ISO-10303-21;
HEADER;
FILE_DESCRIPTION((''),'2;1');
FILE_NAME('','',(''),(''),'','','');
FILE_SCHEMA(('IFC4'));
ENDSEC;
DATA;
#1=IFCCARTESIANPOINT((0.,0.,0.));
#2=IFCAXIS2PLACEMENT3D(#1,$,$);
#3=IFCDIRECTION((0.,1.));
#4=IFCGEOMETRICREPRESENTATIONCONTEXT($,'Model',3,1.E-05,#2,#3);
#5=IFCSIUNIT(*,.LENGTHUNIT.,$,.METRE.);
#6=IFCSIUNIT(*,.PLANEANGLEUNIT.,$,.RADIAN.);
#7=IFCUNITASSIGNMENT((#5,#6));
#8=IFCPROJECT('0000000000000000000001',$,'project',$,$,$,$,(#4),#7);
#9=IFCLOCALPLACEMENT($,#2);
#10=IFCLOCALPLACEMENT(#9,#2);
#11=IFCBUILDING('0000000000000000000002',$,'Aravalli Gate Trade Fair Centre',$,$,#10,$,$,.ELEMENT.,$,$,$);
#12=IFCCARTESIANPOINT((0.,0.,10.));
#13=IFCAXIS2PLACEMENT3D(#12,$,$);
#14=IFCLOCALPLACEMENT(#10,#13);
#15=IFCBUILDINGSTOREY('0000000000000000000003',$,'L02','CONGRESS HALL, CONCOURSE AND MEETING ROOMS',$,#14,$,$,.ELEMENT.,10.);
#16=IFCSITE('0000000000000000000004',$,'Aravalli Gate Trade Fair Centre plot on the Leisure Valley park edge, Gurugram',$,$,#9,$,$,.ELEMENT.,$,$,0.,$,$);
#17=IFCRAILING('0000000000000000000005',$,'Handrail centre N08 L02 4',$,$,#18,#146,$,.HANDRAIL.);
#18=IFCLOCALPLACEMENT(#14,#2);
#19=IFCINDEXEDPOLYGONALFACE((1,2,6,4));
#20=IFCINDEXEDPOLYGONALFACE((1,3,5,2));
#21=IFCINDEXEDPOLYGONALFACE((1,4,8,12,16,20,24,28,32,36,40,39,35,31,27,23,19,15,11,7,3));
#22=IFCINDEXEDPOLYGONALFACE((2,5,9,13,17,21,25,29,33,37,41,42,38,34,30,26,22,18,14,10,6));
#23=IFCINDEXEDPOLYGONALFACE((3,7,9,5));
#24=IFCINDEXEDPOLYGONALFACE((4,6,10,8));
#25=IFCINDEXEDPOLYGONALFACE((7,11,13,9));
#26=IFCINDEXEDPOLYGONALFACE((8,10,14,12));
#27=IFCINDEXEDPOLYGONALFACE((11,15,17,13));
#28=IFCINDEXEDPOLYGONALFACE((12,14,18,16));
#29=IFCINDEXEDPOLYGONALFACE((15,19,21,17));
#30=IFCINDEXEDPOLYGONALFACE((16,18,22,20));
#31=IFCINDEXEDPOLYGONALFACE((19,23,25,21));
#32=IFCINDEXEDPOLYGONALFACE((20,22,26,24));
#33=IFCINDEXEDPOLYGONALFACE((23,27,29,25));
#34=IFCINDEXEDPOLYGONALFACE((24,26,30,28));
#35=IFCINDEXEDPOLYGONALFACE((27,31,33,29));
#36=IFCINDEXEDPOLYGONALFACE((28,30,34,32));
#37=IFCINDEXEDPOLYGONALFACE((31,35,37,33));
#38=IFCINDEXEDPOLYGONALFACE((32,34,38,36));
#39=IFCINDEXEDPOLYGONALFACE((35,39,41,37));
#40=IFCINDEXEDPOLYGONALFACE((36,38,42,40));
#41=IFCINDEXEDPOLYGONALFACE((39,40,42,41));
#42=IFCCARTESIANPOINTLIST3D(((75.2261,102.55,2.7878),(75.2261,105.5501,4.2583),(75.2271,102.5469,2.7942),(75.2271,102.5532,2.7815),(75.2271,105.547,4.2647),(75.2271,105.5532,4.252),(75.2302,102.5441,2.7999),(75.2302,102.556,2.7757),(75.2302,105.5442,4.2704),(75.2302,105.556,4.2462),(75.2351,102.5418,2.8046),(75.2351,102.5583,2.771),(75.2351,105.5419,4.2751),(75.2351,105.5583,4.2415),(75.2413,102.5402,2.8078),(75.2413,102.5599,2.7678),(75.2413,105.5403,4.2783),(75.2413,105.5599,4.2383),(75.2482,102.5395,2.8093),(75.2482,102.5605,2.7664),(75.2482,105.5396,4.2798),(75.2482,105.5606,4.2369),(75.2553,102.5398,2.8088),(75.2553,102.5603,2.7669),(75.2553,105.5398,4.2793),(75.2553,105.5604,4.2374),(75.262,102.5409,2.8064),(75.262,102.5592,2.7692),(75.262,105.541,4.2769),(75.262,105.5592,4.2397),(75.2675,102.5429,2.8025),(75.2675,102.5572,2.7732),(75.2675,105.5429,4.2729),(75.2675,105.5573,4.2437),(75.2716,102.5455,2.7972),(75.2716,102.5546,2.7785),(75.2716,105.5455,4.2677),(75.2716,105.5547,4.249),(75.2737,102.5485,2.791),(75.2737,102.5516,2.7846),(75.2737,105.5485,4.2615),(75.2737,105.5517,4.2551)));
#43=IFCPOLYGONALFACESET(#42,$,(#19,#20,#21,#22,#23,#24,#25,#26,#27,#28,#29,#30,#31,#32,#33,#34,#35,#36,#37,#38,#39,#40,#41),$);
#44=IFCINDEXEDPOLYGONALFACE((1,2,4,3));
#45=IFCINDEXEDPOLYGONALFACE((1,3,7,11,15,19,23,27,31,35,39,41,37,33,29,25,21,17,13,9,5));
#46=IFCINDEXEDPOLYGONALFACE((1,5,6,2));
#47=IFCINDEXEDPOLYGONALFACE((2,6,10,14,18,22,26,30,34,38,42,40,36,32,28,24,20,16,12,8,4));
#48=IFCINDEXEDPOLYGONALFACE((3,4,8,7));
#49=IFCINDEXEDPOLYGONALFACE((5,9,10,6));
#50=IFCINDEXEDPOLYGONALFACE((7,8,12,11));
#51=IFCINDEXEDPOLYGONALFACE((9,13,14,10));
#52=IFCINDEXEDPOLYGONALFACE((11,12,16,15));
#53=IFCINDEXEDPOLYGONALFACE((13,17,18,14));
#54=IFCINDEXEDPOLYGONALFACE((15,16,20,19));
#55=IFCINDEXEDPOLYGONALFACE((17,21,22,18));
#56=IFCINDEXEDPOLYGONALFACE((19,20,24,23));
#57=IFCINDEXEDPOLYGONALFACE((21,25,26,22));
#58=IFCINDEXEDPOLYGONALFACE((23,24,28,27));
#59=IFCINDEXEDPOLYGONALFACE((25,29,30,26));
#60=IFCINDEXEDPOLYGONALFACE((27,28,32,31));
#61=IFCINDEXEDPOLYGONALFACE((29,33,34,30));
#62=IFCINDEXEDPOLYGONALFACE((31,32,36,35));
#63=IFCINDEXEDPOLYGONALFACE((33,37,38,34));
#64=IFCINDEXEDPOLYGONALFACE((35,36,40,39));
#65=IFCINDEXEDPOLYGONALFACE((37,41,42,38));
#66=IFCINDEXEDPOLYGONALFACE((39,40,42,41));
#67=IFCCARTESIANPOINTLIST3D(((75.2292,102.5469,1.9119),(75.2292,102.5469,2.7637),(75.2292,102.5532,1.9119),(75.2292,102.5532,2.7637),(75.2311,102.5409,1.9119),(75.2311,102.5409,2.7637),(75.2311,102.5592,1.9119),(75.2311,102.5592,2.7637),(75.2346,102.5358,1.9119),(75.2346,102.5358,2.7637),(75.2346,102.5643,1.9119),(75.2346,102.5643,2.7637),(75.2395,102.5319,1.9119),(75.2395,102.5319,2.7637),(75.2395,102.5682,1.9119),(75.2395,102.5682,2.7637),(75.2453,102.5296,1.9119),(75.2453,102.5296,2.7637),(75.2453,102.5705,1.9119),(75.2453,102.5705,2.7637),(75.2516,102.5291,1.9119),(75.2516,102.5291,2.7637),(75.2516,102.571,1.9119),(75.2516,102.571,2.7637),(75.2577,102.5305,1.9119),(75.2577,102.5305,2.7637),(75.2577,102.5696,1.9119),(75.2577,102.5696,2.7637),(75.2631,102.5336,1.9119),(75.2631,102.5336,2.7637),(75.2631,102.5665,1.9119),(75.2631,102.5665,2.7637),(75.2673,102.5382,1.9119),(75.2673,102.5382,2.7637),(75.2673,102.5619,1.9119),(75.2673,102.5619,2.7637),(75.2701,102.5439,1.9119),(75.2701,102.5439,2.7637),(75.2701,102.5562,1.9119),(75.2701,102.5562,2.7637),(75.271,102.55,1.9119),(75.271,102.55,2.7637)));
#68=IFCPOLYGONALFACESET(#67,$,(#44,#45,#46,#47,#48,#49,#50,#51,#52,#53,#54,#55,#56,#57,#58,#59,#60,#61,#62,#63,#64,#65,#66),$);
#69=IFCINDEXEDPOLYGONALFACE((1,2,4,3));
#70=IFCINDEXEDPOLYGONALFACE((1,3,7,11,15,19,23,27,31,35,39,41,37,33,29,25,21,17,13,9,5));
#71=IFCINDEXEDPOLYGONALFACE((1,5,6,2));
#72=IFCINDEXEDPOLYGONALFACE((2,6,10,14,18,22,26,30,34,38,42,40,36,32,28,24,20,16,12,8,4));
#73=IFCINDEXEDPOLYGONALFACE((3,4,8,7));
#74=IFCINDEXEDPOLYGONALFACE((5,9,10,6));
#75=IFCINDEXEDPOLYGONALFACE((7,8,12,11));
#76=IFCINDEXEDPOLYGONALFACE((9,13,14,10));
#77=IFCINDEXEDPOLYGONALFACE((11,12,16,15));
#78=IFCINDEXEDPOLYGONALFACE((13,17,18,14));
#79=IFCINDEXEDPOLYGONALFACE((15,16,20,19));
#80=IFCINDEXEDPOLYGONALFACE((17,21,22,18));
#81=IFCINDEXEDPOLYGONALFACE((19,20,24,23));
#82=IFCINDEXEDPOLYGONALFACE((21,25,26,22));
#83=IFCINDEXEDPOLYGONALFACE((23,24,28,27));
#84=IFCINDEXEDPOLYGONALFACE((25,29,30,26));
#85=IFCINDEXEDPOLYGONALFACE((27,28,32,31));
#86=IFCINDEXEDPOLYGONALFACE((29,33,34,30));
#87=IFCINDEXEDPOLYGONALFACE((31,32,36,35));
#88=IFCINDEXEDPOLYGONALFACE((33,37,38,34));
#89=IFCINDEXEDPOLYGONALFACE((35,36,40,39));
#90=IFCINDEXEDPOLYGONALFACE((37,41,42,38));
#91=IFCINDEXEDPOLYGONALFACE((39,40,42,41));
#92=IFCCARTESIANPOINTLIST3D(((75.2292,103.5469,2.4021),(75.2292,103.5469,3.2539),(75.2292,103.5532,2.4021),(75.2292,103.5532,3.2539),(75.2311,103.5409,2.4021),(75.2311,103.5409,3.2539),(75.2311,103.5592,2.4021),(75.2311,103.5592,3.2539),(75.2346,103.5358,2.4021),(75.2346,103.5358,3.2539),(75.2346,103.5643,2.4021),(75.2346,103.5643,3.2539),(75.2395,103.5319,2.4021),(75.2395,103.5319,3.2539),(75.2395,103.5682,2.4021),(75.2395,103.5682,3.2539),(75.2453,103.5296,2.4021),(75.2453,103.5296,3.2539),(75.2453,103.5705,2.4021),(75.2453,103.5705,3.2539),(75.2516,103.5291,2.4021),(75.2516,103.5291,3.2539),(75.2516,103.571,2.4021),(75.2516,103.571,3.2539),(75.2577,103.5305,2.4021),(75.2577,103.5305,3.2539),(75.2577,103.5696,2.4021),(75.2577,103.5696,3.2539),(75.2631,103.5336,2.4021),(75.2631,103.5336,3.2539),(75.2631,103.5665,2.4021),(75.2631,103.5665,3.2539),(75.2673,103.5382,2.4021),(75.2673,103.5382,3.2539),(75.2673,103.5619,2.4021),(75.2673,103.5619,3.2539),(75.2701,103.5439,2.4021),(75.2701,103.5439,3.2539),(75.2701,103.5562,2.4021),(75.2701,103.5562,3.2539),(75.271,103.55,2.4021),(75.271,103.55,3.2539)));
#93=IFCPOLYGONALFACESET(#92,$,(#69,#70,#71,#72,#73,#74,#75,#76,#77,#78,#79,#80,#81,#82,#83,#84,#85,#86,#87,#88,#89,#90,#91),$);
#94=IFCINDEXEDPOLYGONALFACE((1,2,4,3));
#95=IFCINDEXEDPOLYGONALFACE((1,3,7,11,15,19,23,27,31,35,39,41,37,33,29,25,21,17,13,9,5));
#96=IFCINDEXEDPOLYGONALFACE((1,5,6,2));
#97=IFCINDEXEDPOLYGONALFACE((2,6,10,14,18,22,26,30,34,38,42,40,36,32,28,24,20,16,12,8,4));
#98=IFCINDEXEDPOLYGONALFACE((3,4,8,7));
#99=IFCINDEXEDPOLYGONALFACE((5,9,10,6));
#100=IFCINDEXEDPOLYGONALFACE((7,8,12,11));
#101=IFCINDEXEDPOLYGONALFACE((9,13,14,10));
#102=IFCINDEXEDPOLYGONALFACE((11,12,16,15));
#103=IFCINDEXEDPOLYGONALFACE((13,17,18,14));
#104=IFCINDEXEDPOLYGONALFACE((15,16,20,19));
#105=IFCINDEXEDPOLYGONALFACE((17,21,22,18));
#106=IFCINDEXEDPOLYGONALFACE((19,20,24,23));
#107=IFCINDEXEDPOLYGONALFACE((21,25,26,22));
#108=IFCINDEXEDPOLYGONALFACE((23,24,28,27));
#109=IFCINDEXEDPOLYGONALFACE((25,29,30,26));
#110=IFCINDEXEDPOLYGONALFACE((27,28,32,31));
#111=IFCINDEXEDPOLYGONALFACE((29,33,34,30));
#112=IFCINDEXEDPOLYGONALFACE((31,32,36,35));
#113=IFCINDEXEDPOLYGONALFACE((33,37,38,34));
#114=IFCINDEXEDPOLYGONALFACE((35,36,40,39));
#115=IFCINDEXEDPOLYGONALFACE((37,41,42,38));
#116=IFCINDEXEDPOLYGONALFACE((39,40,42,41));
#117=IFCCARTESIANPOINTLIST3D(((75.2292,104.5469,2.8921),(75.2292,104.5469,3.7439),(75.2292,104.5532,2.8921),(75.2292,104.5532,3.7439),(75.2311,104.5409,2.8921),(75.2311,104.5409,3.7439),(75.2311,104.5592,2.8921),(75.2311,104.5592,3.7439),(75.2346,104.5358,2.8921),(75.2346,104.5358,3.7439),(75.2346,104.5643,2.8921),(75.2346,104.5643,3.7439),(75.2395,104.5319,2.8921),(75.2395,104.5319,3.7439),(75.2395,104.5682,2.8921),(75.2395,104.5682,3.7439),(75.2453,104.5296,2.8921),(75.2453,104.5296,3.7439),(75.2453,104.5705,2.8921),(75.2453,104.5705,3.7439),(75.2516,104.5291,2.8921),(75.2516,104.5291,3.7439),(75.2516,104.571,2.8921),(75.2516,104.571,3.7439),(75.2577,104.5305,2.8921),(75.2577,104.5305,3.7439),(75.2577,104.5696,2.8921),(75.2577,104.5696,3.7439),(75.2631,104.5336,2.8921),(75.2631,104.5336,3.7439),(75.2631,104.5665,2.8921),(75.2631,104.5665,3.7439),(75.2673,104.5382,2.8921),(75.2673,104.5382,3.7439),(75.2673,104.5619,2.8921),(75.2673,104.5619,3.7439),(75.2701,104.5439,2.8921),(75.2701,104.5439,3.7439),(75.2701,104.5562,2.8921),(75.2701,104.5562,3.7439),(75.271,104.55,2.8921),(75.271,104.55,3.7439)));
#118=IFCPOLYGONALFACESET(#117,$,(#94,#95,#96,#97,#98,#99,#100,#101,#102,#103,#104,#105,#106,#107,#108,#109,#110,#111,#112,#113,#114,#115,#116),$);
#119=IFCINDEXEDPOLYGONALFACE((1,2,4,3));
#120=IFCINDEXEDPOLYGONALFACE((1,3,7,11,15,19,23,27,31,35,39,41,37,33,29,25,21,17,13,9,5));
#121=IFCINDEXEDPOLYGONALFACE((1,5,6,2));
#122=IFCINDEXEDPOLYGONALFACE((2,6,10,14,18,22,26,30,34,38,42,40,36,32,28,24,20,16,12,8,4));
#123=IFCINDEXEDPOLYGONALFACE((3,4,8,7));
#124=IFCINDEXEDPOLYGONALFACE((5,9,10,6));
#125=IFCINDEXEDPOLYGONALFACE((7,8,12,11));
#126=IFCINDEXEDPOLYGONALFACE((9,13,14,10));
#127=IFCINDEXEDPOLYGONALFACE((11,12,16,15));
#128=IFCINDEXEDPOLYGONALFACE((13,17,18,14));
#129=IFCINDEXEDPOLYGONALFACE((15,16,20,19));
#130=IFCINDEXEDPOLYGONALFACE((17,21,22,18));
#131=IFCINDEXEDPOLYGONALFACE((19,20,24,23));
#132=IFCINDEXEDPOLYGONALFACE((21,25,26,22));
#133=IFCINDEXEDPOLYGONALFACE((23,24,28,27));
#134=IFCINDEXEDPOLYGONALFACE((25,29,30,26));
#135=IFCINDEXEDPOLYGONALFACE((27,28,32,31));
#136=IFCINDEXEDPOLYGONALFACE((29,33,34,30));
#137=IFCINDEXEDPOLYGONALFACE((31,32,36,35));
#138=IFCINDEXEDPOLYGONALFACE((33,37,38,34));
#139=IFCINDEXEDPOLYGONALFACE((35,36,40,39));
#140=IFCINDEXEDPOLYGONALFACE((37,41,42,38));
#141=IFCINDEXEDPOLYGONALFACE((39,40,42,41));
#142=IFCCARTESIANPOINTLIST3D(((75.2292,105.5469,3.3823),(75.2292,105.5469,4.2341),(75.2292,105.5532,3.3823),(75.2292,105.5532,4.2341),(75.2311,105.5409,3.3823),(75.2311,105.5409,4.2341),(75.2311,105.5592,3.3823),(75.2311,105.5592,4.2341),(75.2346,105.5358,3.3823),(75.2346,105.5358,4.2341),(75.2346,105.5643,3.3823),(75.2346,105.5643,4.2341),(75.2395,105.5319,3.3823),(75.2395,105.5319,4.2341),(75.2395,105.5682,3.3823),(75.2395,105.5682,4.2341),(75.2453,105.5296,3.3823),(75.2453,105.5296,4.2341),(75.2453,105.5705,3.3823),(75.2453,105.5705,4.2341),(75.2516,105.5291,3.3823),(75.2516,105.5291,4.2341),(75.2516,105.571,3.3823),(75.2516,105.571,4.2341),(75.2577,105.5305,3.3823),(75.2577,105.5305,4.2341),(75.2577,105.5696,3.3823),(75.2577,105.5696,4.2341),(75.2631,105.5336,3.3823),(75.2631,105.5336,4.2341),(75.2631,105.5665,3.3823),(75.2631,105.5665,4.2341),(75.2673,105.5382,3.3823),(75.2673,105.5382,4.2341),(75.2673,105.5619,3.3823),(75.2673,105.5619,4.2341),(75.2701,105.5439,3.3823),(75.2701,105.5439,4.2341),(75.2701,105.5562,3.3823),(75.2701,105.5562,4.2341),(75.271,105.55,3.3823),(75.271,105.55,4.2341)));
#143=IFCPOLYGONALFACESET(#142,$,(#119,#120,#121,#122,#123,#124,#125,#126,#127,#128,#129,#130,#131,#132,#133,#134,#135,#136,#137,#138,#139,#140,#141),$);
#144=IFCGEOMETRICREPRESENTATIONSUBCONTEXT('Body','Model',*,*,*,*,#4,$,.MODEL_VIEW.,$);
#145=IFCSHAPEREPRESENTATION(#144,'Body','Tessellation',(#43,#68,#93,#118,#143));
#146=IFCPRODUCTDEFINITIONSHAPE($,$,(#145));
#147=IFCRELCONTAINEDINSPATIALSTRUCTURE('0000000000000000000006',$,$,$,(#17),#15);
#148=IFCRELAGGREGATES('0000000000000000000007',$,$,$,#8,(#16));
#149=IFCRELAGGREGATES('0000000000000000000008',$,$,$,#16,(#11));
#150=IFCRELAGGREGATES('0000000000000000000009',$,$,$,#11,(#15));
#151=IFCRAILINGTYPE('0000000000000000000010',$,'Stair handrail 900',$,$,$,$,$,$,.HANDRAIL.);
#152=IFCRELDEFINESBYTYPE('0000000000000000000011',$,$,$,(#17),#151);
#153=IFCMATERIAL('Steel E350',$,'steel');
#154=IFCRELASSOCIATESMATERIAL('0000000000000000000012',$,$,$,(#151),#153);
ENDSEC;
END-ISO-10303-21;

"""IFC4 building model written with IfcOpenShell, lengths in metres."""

from ifc_helpers import new_model, si_unit, direction, frame, origin, origin_2d, place, context, subcontext, project, spatial, circle, extrude, material, type_object, element, save


model = new_model("IFC4")

# Units and contexts
model_context = context("Model", 3, precision=1e-05, world=origin(), true_north=direction((0.0, 1.0)))
body_context = subcontext(model_context, "Body", "Model", "MODEL_VIEW")
ifc_project = project(units=[si_unit("LENGTHUNIT", "METRE"), si_unit("PLANEANGLEUNIT", "RADIAN")], contexts=[model_context])

# Site, building, storey
site_placement = place(None, origin())
site = spatial("IfcSite", under=ifc_project, at=site_placement, Name="Aravalli Gate Trade Fair Centre plot on the Leisure Valley park edge, Gurugram", CompositionType="ELEMENT", RefElevation=0.0)
building_placement = place(site_placement, origin())
building = spatial("IfcBuilding", under=site, at=building_placement, Name="Aravalli Gate Trade Fair Centre", CompositionType="ELEMENT")
storey_placement = place(building_placement, frame((0.0, 0.0, 10.0)))
storey = spatial("IfcBuildingStorey", under=building, at=storey_placement, Name="L02", Description="CONGRESS HALL, CONCOURSE AND MEETING ROOMS", CompositionType="ELEMENT", Elevation=10.0)

# Shared definitions
ifc_material_1 = material(Name="Steel E350", Category="steel")

# Railing
railing_type_1 = type_object("IfcRailingType", Name="Stair handrail 900", PredefinedType="HANDRAIL", material=ifc_material_1)
for number, where, name in (
    (1, (75.25, 102.55, 1.9119), "Handrail centre N08 L02 4"),
):
    element("IfcRailing", number, at=place(storey_placement, frame(where)), inside=storey, type_object=railing_type_1, Name=name, PredefinedType="HANDRAIL", context=body_context, shape_type="SweptSolid", body=[
        extrude(circle(Radius=0.0239, at=origin_2d()), frame((0.0, 0.0, 0.876), z_axis=(0.0, 0.897936, 0.440126), x_axis=(-1.0, 0.0, 0.0)), (0.0, 0.0, 1.0), 3.3411),
        extrude(circle(Radius=0.021, at=origin_2d()), origin(), (0.0, 0.0, 1.0), 0.8518),
        extrude(circle(Radius=0.021, at=origin_2d()), frame((0.0, 1.0, 0.4902)), (0.0, 0.0, 1.0), 0.8518),
        extrude(circle(Radius=0.021, at=origin_2d()), frame((0.0, 2.0, 0.9802)), (0.0, 0.0, 1.0), 0.8518),
        extrude(circle(Radius=0.021, at=origin_2d()), frame((0.0, 3.0, 1.4705)), (0.0, 0.0, 1.0), 0.8518),
    ])

save(model, "model.ifc")
